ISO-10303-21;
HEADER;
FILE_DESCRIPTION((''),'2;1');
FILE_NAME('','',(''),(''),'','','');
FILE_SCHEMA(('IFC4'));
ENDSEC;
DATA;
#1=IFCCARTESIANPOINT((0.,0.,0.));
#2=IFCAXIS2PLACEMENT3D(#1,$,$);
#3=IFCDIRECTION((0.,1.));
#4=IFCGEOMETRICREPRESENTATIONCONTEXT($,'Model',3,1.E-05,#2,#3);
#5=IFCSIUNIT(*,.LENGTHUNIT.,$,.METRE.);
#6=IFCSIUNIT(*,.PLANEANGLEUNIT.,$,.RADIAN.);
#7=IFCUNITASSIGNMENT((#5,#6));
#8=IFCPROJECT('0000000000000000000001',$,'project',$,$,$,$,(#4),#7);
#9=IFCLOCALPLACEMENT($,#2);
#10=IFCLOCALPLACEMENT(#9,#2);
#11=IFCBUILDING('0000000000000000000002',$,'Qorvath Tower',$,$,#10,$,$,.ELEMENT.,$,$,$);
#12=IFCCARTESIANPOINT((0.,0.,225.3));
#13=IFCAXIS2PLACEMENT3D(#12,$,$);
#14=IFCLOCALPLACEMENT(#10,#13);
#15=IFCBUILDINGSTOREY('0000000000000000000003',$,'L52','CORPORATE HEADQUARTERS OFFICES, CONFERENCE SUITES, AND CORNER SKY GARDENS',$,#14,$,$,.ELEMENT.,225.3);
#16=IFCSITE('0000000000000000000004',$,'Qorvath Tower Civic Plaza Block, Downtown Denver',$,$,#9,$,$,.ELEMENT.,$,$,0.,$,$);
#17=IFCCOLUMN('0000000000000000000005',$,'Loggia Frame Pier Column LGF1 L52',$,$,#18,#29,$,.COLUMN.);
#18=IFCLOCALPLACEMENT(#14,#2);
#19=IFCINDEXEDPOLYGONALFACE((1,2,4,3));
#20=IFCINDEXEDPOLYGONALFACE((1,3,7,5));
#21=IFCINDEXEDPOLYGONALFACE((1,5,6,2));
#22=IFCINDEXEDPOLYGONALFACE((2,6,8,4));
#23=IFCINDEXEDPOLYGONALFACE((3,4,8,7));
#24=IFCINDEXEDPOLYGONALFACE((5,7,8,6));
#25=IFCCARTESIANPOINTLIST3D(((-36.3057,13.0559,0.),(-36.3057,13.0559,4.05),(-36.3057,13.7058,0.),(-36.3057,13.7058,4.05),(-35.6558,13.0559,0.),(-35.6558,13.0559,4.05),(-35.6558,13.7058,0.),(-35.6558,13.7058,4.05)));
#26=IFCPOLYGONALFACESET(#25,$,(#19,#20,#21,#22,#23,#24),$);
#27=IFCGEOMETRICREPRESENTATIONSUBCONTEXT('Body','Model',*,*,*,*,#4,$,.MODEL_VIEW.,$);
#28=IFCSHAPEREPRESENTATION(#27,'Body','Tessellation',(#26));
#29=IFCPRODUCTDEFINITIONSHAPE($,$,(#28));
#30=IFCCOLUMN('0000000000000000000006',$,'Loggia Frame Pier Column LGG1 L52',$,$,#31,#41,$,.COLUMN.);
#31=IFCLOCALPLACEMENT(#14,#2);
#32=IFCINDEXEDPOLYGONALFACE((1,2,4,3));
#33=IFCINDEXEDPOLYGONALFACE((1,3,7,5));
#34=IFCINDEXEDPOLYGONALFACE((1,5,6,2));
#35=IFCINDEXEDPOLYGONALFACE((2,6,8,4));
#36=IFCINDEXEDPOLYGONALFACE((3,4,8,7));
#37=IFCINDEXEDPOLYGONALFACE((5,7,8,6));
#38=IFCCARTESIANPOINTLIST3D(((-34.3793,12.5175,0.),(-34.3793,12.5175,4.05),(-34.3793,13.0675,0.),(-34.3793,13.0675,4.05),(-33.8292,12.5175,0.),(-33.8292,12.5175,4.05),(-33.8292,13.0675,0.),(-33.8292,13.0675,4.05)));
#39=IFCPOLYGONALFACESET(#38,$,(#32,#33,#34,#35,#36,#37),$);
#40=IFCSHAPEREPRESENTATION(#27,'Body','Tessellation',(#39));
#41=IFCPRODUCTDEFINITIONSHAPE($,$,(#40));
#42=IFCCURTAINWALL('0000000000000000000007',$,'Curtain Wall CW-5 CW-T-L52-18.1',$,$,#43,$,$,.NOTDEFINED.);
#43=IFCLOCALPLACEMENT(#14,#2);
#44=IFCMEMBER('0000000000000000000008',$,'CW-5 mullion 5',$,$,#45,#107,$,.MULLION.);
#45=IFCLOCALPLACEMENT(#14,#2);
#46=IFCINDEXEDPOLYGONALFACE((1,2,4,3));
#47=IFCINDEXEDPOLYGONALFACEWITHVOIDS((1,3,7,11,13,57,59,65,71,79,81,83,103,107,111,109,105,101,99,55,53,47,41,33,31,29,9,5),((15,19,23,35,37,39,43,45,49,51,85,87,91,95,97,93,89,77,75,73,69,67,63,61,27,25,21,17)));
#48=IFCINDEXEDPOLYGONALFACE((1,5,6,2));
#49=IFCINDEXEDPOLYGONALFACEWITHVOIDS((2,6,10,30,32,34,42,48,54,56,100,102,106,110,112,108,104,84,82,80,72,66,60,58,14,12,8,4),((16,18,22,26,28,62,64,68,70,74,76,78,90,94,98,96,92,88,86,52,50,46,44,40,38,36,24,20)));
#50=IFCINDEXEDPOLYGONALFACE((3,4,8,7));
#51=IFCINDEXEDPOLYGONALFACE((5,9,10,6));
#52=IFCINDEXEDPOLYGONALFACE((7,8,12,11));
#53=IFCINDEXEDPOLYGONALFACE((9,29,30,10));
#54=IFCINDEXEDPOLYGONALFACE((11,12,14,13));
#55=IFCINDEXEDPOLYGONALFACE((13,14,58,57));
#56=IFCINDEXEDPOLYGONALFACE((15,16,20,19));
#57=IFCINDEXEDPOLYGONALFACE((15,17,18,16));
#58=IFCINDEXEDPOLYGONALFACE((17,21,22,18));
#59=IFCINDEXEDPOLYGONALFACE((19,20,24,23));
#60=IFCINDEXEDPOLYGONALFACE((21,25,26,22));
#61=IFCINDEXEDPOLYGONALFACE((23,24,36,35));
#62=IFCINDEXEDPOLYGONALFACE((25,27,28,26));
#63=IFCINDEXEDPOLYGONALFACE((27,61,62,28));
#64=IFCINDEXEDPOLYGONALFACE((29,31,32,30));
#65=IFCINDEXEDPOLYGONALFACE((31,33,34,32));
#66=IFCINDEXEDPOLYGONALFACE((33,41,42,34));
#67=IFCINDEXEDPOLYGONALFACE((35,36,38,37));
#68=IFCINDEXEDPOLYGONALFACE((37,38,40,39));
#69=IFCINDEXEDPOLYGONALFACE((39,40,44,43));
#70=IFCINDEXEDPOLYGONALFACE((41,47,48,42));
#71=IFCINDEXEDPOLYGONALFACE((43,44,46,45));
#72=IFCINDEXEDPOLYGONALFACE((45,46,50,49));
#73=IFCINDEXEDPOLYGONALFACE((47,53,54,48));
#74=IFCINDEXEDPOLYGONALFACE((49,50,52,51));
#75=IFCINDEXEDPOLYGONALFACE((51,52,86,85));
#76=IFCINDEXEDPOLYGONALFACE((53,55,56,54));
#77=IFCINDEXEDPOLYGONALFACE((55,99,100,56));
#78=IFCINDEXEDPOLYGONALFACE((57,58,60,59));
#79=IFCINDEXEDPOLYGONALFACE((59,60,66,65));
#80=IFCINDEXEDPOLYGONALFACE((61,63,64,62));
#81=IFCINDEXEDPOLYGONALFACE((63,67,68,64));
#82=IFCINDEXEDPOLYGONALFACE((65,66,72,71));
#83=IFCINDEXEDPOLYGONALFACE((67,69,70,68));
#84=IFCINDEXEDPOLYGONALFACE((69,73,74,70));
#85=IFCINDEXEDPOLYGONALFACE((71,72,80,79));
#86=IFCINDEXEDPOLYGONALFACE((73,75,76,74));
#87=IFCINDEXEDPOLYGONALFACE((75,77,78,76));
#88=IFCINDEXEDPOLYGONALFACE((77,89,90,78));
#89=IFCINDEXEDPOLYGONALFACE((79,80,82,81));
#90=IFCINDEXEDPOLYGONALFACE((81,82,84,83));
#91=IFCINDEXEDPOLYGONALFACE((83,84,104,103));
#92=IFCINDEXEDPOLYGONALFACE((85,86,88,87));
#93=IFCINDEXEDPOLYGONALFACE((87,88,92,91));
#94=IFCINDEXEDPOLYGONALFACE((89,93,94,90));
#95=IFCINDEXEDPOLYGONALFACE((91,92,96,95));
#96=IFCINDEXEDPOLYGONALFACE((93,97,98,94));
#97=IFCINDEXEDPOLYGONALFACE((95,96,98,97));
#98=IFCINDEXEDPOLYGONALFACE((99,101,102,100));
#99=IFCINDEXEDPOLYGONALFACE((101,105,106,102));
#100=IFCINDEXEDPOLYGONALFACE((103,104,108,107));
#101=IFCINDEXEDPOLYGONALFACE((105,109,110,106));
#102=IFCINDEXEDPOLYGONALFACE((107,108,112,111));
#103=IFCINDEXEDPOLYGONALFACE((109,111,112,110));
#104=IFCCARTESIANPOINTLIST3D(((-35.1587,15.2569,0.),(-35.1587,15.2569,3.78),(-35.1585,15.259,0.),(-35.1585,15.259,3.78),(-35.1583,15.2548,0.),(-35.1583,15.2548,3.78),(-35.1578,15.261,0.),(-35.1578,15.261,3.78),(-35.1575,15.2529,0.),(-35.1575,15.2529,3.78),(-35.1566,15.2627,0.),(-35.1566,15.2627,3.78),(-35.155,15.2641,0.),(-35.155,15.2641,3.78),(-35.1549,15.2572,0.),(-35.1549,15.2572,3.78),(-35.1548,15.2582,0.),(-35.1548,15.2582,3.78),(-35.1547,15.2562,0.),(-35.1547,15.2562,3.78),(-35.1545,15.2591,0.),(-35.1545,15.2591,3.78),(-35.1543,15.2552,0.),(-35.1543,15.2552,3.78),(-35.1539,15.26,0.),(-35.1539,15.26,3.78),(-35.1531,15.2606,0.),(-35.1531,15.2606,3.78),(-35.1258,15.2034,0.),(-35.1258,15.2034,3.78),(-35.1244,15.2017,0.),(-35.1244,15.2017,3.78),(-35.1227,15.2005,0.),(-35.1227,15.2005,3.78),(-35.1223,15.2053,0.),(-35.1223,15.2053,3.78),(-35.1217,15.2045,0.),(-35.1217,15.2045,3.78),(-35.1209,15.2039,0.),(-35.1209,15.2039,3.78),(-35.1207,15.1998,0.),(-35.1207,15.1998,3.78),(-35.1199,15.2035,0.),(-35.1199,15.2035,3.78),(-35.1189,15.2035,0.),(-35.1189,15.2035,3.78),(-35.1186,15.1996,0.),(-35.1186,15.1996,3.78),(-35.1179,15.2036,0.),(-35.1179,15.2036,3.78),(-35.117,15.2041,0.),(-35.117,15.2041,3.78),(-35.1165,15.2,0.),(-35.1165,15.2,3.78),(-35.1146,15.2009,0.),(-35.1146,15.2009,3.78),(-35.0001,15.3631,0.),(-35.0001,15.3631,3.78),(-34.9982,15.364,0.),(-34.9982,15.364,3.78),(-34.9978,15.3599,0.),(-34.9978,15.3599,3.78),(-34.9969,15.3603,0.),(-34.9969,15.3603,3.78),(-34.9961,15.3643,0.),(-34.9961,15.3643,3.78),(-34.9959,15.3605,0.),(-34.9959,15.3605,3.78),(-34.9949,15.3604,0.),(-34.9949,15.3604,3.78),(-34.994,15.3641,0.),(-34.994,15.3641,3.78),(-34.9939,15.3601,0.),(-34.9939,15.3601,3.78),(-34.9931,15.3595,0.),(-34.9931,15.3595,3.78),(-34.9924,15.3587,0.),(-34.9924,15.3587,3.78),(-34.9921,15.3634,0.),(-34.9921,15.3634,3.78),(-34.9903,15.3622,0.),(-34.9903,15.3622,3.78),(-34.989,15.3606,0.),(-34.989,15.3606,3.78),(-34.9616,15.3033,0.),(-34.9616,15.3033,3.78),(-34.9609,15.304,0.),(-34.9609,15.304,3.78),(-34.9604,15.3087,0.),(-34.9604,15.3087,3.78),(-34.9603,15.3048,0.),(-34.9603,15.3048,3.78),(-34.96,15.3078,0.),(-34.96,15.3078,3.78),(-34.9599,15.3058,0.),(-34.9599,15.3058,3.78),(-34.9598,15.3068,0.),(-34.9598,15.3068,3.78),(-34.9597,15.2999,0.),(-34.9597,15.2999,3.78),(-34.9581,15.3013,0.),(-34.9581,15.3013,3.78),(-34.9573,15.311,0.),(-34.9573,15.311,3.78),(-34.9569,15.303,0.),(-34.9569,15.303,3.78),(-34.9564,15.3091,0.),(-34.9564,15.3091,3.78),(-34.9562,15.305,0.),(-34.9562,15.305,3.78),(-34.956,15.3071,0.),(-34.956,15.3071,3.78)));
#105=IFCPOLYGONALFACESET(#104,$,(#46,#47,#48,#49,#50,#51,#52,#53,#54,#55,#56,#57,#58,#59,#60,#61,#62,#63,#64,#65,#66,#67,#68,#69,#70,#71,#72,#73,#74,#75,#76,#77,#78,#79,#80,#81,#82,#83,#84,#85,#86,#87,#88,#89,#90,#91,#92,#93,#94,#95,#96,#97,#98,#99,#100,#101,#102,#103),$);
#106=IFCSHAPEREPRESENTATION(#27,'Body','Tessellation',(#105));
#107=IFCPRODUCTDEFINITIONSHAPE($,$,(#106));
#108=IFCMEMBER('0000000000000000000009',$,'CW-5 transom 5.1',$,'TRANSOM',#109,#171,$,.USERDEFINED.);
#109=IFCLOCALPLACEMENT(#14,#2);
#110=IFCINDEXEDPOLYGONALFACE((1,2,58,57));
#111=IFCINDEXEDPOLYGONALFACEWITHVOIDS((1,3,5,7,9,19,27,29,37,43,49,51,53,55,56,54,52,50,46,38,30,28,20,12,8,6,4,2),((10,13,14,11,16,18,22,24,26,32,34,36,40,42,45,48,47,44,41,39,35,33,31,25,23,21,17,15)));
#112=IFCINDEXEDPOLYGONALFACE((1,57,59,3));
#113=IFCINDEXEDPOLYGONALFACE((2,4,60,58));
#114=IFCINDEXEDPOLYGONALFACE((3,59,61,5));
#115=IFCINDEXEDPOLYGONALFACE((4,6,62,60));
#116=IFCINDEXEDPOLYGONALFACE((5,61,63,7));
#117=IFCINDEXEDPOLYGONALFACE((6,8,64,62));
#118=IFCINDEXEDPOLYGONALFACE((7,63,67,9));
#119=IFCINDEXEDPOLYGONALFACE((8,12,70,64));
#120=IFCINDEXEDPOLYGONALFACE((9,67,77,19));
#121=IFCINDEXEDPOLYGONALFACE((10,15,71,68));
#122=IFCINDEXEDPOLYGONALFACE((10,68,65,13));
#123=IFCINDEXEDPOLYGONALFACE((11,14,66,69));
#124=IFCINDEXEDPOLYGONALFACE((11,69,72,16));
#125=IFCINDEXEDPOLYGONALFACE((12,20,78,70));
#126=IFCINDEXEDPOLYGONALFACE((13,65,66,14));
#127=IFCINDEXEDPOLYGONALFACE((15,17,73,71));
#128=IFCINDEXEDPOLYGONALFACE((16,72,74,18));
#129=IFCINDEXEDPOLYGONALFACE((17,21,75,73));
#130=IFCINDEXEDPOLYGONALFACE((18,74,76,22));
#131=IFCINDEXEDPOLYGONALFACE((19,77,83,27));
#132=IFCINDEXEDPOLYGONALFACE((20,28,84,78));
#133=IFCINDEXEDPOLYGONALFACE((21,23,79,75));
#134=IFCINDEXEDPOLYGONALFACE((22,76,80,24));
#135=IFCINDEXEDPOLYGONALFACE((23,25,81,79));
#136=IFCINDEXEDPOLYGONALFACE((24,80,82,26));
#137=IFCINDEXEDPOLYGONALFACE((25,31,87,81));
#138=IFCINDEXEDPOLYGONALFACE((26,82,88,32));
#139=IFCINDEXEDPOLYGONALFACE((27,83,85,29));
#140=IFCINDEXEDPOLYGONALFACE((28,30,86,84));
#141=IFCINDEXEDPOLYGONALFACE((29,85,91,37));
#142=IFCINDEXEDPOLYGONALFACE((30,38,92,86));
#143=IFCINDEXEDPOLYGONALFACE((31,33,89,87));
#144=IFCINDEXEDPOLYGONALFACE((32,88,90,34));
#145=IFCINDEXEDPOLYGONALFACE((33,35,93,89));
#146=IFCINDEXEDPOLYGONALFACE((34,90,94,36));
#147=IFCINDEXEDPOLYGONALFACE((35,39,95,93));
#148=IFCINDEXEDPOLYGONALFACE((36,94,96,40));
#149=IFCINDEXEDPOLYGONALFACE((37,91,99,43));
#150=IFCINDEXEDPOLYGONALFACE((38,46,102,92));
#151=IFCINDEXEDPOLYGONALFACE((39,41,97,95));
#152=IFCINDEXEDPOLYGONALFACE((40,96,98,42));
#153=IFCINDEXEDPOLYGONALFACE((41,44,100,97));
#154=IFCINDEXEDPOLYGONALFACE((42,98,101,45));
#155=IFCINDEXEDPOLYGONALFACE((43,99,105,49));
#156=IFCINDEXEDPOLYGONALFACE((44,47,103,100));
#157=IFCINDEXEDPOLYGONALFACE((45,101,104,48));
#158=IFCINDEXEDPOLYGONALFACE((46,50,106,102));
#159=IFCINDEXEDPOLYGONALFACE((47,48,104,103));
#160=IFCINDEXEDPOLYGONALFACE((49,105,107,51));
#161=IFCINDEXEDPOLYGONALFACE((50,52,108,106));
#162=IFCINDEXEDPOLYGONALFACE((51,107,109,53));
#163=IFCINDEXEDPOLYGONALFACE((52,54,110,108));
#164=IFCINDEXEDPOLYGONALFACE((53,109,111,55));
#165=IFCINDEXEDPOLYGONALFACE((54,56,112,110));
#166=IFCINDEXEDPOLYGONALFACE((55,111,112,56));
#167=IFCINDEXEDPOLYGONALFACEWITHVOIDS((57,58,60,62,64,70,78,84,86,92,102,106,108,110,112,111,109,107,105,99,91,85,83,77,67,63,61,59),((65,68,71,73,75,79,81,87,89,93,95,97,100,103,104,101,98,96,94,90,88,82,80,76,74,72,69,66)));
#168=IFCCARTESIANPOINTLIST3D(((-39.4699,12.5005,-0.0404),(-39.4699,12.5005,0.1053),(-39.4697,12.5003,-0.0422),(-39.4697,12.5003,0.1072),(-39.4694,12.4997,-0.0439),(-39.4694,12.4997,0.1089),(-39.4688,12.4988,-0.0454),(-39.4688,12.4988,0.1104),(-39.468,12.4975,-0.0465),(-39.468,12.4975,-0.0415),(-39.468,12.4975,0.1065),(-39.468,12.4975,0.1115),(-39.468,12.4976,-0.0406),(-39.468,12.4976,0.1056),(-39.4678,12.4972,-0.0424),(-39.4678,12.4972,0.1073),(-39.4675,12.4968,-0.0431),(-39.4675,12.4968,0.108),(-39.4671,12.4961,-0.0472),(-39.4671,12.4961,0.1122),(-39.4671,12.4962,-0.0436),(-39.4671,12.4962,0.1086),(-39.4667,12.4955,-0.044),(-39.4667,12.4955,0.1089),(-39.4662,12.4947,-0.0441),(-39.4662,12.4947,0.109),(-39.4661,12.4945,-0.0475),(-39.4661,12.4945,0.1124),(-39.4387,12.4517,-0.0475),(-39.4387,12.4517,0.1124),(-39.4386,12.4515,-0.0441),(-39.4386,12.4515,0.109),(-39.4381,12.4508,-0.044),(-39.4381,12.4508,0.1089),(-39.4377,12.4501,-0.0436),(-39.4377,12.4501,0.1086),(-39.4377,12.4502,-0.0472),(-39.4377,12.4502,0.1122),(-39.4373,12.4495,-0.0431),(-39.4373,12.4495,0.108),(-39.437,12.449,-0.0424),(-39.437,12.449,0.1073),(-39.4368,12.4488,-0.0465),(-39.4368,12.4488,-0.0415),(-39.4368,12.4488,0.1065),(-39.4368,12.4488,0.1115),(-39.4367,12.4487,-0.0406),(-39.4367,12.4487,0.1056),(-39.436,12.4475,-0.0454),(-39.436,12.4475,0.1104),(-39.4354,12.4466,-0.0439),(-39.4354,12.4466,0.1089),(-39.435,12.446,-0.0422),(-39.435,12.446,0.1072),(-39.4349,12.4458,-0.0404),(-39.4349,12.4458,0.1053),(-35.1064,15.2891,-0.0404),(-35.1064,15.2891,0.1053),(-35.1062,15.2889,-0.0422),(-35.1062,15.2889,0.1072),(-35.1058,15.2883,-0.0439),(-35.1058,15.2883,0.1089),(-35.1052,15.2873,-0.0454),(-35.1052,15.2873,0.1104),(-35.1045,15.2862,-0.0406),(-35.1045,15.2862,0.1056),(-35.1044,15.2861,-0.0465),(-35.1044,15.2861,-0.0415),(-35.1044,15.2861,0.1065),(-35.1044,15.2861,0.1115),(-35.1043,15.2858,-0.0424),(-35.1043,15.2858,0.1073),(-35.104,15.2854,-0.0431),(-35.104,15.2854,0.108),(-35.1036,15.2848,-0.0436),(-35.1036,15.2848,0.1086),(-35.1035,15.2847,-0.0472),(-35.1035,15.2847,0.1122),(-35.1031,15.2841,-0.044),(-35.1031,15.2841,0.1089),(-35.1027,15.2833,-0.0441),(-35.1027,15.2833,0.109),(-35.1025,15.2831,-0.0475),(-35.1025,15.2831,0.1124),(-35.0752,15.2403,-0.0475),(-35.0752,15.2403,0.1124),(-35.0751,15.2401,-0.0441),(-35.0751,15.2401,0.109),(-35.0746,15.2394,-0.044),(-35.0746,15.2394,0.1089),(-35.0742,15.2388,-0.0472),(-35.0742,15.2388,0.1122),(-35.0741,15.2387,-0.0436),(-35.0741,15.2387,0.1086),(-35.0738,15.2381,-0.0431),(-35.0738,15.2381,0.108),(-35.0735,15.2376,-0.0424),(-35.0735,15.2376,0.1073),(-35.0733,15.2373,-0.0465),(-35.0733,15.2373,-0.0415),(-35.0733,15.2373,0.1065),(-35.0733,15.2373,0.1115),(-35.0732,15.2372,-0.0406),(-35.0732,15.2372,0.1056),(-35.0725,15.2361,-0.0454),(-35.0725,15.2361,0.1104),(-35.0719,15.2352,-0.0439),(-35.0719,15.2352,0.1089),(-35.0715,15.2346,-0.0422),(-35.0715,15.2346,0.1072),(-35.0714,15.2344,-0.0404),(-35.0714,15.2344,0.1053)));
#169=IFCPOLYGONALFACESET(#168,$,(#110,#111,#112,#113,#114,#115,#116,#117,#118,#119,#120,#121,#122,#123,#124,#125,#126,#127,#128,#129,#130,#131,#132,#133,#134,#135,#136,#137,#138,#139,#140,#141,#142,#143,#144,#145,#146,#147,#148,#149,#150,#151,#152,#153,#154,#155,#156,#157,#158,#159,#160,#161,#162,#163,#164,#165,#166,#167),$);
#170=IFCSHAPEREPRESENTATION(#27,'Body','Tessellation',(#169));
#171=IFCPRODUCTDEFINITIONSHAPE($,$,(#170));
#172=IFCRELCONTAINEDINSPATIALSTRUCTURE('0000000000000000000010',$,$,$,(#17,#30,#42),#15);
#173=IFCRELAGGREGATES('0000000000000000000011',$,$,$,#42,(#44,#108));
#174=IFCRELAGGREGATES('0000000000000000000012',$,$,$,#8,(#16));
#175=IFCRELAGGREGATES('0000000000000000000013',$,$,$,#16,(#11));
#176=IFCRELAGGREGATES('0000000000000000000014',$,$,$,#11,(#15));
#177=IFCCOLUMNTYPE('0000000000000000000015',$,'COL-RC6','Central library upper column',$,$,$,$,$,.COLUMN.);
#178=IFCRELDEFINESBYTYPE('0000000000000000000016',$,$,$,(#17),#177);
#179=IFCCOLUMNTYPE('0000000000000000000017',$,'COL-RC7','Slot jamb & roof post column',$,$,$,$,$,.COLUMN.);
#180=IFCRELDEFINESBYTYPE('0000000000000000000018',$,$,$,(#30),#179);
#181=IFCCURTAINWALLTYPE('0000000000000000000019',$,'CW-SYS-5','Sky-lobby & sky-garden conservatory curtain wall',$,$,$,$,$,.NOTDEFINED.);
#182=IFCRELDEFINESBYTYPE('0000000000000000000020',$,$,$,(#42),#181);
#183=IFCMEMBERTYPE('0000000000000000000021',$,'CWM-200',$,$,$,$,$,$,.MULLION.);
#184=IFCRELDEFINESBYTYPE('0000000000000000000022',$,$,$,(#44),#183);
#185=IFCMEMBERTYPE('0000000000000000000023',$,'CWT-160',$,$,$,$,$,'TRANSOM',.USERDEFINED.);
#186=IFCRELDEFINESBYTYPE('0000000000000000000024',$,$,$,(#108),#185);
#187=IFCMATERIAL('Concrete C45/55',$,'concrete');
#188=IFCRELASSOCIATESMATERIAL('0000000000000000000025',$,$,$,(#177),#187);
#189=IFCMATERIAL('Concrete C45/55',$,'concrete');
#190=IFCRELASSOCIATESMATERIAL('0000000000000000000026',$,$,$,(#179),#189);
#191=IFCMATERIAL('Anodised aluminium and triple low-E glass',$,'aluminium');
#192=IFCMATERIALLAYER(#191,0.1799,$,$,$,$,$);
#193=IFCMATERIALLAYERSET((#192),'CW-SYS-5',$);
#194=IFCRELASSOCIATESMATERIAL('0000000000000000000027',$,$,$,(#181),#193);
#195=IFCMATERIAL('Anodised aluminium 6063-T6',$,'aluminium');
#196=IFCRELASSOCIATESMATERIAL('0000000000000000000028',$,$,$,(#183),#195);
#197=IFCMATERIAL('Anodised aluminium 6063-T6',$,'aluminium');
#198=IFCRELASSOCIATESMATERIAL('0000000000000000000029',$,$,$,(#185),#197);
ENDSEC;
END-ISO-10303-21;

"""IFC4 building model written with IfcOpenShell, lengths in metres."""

from ifc_helpers import new_model, si_unit, direction, frame, origin, origin_2d, place, context, subcontext, project, spatial, rectangle, hollow_rectangle, extrude, material, layer, layer_set, material_profile, profile_set, type_object, element, aggregate, save


model = new_model("IFC4")

# Units and contexts
model_context = context("Model", 3, precision=1e-05, world=origin(), true_north=direction((0.0, 1.0)))
body_context = subcontext(model_context, "Body", "Model", "MODEL_VIEW")
ifc_project = project(units=[si_unit("LENGTHUNIT", "METRE"), si_unit("PLANEANGLEUNIT", "RADIAN")], contexts=[model_context])

# Site, building, storey
site_placement = place(None, origin())
site = spatial("IfcSite", under=ifc_project, at=site_placement, Name="Qorvath Tower Civic Plaza Block, Downtown Denver", CompositionType="ELEMENT", RefElevation=0.0)
building_placement = place(site_placement, origin())
building = spatial("IfcBuilding", under=site, at=building_placement, Name="Qorvath Tower", CompositionType="ELEMENT")
storey_placement = place(building_placement, frame((0.0, 0.0, 225.3)))
storey = spatial("IfcBuildingStorey", under=building, at=storey_placement, Name="L52", Description="CORPORATE HEADQUARTERS OFFICES, CONFERENCE SUITES, AND CORNER SKY GARDENS", CompositionType="ELEMENT", Elevation=225.3)

# Columns
ifc_material_1 = material(Name="Concrete C45/55", Category="concrete")
ifc_material_profile_1 = material_profile(ifc_material_1, rectangle(XDim=0.6499, YDim=0.6499, at=origin_2d()), Name="RC 650x650")
ifc_profile_set_1 = profile_set([ifc_material_profile_1], Name="Concrete C45/55")
column_type_1 = type_object("IfcColumnType", Name="COL-RC6", Description="Central library upper column", PredefinedType="COLUMN", material=ifc_profile_set_1)
column_1_placement = place(storey_placement, frame((-35.9807, 13.3809, 0.0), z_axis=(0.0, 0.0, 1.0), x_axis=(1.0, 0.0, 0.0)))
element("IfcColumn", 1, at=column_1_placement, inside=storey, type_object=column_type_1, Name="Loggia Frame Pier Column LGF1 L52", PredefinedType="COLUMN", context=body_context, shape_type="SweptSolid", body=[
    extrude(rectangle(XDim=0.6499, YDim=0.6499, at=origin_2d()), origin(), (0.0, 0.0, 1.0), 4.05),
])
ifc_material_2 = material(Name="Concrete C45/55", Category="concrete")
ifc_material_profile_2 = material_profile(ifc_material_2, rectangle(XDim=0.55, YDim=0.55, at=origin_2d()), Name="RC 550x550")
ifc_profile_set_2 = profile_set([ifc_material_profile_2], Name="Concrete C45/55")
column_type_2 = type_object("IfcColumnType", Name="COL-RC7", Description="Slot jamb & roof post column", PredefinedType="COLUMN", material=ifc_profile_set_2)
column_2_placement = place(storey_placement, frame((-34.1042, 12.7925, 0.0), z_axis=(0.0, 0.0, 1.0), x_axis=(1.0, 0.0, 0.0)))
element("IfcColumn", 2, at=column_2_placement, inside=storey, type_object=column_type_2, Name="Loggia Frame Pier Column LGG1 L52", PredefinedType="COLUMN", context=body_context, shape_type="SweptSolid", body=[
    extrude(rectangle(XDim=0.55, YDim=0.55, at=origin_2d()), origin(), (0.0, 0.0, 1.0), 4.05),
])

# Curtain wall, members
ifc_material_3 = material(Name="Anodised aluminium and triple low-E glass", Category="aluminium")
ifc_layer_1 = layer(ifc_material_3, 0.1799)
ifc_layer_set_1 = layer_set([ifc_layer_1], Name="CW-SYS-5")
curtain_wall_type = type_object("IfcCurtainWallType", Name="CW-SYS-5", Description="Sky-lobby & sky-garden conservatory curtain wall", PredefinedType="NOTDEFINED", material=ifc_layer_set_1)
curtain_wall_placement = place(storey_placement, origin())
curtain_wall = element("IfcCurtainWall", 3, at=curtain_wall_placement, inside=storey, type_object=curtain_wall_type, Name="Curtain Wall CW-5 CW-T-L52-18.1", PredefinedType="NOTDEFINED")
ifc_material_4 = material(Name="Anodised aluminium 6063-T6", Category="aluminium")
ifc_material_profile_3 = material_profile(ifc_material_4, hollow_rectangle(XDim=0.075, YDim=0.2, WallThickness=0.0039, InnerFilletRadius=0.0039, OuterFilletRadius=0.0081, at=origin_2d()), Name="CWM 200x75")
ifc_profile_set_3 = profile_set([ifc_material_profile_3], Name="Anodised aluminium 6063-T6")
member_type_1 = type_object("IfcMemberType", Name="CWM-200", PredefinedType="MULLION", material=ifc_profile_set_3)
member_1_placement = place(storey_placement, frame((-35.0574, 15.282, 0.0), z_axis=(0.0, 0.0, 1.0), x_axis=(0.538531, -0.842606, 0.0)))
member_1 = element("IfcMember", 4, at=member_1_placement, type_object=member_type_1, Name="CW-5 mullion 5", PredefinedType="MULLION", context=body_context, shape_type="SweptSolid", body=[
    extrude(hollow_rectangle(XDim=0.075, YDim=0.2, WallThickness=0.0039, InnerFilletRadius=0.0039, OuterFilletRadius=0.0081, at=origin_2d()), origin(), (0.0, 0.0, 1.0), 3.78),
])
ifc_material_5 = material(Name="Anodised aluminium 6063-T6", Category="aluminium")
ifc_material_profile_4 = material_profile(ifc_material_5, hollow_rectangle(XDim=0.0649, YDim=0.1599, WallThickness=0.0034, InnerFilletRadius=0.0034, OuterFilletRadius=0.0071, at=origin_2d()), Name="CWT 160x65")
ifc_profile_set_4 = profile_set([ifc_material_profile_4], Name="Anodised aluminium 6063-T6")
member_type_2 = type_object("IfcMemberType", Name="CWT-160", ElementType="TRANSOM", PredefinedType="USERDEFINED", material=ifc_profile_set_4)
member_2_placement = place(storey_placement, frame((-35.0889, 15.2617, 0.0325), z_axis=(-0.842629, -0.538494, 0.0), x_axis=(0.538494, -0.842629, 0.0)))
member_2 = element("IfcMember", 5, at=member_2_placement, type_object=member_type_2, Name="CW-5 transom 5.1", ObjectType="TRANSOM", PredefinedType="USERDEFINED", context=body_context, shape_type="SweptSolid", body=[
    extrude(hollow_rectangle(XDim=0.0649, YDim=0.1599, WallThickness=0.0034, InnerFilletRadius=0.0034, OuterFilletRadius=0.0071, at=origin_2d()), origin(), (0.0, 0.0, 1.0), 5.1785),
])
aggregate(curtain_wall, [member_1, member_2])

save(model, "model.ifc")
